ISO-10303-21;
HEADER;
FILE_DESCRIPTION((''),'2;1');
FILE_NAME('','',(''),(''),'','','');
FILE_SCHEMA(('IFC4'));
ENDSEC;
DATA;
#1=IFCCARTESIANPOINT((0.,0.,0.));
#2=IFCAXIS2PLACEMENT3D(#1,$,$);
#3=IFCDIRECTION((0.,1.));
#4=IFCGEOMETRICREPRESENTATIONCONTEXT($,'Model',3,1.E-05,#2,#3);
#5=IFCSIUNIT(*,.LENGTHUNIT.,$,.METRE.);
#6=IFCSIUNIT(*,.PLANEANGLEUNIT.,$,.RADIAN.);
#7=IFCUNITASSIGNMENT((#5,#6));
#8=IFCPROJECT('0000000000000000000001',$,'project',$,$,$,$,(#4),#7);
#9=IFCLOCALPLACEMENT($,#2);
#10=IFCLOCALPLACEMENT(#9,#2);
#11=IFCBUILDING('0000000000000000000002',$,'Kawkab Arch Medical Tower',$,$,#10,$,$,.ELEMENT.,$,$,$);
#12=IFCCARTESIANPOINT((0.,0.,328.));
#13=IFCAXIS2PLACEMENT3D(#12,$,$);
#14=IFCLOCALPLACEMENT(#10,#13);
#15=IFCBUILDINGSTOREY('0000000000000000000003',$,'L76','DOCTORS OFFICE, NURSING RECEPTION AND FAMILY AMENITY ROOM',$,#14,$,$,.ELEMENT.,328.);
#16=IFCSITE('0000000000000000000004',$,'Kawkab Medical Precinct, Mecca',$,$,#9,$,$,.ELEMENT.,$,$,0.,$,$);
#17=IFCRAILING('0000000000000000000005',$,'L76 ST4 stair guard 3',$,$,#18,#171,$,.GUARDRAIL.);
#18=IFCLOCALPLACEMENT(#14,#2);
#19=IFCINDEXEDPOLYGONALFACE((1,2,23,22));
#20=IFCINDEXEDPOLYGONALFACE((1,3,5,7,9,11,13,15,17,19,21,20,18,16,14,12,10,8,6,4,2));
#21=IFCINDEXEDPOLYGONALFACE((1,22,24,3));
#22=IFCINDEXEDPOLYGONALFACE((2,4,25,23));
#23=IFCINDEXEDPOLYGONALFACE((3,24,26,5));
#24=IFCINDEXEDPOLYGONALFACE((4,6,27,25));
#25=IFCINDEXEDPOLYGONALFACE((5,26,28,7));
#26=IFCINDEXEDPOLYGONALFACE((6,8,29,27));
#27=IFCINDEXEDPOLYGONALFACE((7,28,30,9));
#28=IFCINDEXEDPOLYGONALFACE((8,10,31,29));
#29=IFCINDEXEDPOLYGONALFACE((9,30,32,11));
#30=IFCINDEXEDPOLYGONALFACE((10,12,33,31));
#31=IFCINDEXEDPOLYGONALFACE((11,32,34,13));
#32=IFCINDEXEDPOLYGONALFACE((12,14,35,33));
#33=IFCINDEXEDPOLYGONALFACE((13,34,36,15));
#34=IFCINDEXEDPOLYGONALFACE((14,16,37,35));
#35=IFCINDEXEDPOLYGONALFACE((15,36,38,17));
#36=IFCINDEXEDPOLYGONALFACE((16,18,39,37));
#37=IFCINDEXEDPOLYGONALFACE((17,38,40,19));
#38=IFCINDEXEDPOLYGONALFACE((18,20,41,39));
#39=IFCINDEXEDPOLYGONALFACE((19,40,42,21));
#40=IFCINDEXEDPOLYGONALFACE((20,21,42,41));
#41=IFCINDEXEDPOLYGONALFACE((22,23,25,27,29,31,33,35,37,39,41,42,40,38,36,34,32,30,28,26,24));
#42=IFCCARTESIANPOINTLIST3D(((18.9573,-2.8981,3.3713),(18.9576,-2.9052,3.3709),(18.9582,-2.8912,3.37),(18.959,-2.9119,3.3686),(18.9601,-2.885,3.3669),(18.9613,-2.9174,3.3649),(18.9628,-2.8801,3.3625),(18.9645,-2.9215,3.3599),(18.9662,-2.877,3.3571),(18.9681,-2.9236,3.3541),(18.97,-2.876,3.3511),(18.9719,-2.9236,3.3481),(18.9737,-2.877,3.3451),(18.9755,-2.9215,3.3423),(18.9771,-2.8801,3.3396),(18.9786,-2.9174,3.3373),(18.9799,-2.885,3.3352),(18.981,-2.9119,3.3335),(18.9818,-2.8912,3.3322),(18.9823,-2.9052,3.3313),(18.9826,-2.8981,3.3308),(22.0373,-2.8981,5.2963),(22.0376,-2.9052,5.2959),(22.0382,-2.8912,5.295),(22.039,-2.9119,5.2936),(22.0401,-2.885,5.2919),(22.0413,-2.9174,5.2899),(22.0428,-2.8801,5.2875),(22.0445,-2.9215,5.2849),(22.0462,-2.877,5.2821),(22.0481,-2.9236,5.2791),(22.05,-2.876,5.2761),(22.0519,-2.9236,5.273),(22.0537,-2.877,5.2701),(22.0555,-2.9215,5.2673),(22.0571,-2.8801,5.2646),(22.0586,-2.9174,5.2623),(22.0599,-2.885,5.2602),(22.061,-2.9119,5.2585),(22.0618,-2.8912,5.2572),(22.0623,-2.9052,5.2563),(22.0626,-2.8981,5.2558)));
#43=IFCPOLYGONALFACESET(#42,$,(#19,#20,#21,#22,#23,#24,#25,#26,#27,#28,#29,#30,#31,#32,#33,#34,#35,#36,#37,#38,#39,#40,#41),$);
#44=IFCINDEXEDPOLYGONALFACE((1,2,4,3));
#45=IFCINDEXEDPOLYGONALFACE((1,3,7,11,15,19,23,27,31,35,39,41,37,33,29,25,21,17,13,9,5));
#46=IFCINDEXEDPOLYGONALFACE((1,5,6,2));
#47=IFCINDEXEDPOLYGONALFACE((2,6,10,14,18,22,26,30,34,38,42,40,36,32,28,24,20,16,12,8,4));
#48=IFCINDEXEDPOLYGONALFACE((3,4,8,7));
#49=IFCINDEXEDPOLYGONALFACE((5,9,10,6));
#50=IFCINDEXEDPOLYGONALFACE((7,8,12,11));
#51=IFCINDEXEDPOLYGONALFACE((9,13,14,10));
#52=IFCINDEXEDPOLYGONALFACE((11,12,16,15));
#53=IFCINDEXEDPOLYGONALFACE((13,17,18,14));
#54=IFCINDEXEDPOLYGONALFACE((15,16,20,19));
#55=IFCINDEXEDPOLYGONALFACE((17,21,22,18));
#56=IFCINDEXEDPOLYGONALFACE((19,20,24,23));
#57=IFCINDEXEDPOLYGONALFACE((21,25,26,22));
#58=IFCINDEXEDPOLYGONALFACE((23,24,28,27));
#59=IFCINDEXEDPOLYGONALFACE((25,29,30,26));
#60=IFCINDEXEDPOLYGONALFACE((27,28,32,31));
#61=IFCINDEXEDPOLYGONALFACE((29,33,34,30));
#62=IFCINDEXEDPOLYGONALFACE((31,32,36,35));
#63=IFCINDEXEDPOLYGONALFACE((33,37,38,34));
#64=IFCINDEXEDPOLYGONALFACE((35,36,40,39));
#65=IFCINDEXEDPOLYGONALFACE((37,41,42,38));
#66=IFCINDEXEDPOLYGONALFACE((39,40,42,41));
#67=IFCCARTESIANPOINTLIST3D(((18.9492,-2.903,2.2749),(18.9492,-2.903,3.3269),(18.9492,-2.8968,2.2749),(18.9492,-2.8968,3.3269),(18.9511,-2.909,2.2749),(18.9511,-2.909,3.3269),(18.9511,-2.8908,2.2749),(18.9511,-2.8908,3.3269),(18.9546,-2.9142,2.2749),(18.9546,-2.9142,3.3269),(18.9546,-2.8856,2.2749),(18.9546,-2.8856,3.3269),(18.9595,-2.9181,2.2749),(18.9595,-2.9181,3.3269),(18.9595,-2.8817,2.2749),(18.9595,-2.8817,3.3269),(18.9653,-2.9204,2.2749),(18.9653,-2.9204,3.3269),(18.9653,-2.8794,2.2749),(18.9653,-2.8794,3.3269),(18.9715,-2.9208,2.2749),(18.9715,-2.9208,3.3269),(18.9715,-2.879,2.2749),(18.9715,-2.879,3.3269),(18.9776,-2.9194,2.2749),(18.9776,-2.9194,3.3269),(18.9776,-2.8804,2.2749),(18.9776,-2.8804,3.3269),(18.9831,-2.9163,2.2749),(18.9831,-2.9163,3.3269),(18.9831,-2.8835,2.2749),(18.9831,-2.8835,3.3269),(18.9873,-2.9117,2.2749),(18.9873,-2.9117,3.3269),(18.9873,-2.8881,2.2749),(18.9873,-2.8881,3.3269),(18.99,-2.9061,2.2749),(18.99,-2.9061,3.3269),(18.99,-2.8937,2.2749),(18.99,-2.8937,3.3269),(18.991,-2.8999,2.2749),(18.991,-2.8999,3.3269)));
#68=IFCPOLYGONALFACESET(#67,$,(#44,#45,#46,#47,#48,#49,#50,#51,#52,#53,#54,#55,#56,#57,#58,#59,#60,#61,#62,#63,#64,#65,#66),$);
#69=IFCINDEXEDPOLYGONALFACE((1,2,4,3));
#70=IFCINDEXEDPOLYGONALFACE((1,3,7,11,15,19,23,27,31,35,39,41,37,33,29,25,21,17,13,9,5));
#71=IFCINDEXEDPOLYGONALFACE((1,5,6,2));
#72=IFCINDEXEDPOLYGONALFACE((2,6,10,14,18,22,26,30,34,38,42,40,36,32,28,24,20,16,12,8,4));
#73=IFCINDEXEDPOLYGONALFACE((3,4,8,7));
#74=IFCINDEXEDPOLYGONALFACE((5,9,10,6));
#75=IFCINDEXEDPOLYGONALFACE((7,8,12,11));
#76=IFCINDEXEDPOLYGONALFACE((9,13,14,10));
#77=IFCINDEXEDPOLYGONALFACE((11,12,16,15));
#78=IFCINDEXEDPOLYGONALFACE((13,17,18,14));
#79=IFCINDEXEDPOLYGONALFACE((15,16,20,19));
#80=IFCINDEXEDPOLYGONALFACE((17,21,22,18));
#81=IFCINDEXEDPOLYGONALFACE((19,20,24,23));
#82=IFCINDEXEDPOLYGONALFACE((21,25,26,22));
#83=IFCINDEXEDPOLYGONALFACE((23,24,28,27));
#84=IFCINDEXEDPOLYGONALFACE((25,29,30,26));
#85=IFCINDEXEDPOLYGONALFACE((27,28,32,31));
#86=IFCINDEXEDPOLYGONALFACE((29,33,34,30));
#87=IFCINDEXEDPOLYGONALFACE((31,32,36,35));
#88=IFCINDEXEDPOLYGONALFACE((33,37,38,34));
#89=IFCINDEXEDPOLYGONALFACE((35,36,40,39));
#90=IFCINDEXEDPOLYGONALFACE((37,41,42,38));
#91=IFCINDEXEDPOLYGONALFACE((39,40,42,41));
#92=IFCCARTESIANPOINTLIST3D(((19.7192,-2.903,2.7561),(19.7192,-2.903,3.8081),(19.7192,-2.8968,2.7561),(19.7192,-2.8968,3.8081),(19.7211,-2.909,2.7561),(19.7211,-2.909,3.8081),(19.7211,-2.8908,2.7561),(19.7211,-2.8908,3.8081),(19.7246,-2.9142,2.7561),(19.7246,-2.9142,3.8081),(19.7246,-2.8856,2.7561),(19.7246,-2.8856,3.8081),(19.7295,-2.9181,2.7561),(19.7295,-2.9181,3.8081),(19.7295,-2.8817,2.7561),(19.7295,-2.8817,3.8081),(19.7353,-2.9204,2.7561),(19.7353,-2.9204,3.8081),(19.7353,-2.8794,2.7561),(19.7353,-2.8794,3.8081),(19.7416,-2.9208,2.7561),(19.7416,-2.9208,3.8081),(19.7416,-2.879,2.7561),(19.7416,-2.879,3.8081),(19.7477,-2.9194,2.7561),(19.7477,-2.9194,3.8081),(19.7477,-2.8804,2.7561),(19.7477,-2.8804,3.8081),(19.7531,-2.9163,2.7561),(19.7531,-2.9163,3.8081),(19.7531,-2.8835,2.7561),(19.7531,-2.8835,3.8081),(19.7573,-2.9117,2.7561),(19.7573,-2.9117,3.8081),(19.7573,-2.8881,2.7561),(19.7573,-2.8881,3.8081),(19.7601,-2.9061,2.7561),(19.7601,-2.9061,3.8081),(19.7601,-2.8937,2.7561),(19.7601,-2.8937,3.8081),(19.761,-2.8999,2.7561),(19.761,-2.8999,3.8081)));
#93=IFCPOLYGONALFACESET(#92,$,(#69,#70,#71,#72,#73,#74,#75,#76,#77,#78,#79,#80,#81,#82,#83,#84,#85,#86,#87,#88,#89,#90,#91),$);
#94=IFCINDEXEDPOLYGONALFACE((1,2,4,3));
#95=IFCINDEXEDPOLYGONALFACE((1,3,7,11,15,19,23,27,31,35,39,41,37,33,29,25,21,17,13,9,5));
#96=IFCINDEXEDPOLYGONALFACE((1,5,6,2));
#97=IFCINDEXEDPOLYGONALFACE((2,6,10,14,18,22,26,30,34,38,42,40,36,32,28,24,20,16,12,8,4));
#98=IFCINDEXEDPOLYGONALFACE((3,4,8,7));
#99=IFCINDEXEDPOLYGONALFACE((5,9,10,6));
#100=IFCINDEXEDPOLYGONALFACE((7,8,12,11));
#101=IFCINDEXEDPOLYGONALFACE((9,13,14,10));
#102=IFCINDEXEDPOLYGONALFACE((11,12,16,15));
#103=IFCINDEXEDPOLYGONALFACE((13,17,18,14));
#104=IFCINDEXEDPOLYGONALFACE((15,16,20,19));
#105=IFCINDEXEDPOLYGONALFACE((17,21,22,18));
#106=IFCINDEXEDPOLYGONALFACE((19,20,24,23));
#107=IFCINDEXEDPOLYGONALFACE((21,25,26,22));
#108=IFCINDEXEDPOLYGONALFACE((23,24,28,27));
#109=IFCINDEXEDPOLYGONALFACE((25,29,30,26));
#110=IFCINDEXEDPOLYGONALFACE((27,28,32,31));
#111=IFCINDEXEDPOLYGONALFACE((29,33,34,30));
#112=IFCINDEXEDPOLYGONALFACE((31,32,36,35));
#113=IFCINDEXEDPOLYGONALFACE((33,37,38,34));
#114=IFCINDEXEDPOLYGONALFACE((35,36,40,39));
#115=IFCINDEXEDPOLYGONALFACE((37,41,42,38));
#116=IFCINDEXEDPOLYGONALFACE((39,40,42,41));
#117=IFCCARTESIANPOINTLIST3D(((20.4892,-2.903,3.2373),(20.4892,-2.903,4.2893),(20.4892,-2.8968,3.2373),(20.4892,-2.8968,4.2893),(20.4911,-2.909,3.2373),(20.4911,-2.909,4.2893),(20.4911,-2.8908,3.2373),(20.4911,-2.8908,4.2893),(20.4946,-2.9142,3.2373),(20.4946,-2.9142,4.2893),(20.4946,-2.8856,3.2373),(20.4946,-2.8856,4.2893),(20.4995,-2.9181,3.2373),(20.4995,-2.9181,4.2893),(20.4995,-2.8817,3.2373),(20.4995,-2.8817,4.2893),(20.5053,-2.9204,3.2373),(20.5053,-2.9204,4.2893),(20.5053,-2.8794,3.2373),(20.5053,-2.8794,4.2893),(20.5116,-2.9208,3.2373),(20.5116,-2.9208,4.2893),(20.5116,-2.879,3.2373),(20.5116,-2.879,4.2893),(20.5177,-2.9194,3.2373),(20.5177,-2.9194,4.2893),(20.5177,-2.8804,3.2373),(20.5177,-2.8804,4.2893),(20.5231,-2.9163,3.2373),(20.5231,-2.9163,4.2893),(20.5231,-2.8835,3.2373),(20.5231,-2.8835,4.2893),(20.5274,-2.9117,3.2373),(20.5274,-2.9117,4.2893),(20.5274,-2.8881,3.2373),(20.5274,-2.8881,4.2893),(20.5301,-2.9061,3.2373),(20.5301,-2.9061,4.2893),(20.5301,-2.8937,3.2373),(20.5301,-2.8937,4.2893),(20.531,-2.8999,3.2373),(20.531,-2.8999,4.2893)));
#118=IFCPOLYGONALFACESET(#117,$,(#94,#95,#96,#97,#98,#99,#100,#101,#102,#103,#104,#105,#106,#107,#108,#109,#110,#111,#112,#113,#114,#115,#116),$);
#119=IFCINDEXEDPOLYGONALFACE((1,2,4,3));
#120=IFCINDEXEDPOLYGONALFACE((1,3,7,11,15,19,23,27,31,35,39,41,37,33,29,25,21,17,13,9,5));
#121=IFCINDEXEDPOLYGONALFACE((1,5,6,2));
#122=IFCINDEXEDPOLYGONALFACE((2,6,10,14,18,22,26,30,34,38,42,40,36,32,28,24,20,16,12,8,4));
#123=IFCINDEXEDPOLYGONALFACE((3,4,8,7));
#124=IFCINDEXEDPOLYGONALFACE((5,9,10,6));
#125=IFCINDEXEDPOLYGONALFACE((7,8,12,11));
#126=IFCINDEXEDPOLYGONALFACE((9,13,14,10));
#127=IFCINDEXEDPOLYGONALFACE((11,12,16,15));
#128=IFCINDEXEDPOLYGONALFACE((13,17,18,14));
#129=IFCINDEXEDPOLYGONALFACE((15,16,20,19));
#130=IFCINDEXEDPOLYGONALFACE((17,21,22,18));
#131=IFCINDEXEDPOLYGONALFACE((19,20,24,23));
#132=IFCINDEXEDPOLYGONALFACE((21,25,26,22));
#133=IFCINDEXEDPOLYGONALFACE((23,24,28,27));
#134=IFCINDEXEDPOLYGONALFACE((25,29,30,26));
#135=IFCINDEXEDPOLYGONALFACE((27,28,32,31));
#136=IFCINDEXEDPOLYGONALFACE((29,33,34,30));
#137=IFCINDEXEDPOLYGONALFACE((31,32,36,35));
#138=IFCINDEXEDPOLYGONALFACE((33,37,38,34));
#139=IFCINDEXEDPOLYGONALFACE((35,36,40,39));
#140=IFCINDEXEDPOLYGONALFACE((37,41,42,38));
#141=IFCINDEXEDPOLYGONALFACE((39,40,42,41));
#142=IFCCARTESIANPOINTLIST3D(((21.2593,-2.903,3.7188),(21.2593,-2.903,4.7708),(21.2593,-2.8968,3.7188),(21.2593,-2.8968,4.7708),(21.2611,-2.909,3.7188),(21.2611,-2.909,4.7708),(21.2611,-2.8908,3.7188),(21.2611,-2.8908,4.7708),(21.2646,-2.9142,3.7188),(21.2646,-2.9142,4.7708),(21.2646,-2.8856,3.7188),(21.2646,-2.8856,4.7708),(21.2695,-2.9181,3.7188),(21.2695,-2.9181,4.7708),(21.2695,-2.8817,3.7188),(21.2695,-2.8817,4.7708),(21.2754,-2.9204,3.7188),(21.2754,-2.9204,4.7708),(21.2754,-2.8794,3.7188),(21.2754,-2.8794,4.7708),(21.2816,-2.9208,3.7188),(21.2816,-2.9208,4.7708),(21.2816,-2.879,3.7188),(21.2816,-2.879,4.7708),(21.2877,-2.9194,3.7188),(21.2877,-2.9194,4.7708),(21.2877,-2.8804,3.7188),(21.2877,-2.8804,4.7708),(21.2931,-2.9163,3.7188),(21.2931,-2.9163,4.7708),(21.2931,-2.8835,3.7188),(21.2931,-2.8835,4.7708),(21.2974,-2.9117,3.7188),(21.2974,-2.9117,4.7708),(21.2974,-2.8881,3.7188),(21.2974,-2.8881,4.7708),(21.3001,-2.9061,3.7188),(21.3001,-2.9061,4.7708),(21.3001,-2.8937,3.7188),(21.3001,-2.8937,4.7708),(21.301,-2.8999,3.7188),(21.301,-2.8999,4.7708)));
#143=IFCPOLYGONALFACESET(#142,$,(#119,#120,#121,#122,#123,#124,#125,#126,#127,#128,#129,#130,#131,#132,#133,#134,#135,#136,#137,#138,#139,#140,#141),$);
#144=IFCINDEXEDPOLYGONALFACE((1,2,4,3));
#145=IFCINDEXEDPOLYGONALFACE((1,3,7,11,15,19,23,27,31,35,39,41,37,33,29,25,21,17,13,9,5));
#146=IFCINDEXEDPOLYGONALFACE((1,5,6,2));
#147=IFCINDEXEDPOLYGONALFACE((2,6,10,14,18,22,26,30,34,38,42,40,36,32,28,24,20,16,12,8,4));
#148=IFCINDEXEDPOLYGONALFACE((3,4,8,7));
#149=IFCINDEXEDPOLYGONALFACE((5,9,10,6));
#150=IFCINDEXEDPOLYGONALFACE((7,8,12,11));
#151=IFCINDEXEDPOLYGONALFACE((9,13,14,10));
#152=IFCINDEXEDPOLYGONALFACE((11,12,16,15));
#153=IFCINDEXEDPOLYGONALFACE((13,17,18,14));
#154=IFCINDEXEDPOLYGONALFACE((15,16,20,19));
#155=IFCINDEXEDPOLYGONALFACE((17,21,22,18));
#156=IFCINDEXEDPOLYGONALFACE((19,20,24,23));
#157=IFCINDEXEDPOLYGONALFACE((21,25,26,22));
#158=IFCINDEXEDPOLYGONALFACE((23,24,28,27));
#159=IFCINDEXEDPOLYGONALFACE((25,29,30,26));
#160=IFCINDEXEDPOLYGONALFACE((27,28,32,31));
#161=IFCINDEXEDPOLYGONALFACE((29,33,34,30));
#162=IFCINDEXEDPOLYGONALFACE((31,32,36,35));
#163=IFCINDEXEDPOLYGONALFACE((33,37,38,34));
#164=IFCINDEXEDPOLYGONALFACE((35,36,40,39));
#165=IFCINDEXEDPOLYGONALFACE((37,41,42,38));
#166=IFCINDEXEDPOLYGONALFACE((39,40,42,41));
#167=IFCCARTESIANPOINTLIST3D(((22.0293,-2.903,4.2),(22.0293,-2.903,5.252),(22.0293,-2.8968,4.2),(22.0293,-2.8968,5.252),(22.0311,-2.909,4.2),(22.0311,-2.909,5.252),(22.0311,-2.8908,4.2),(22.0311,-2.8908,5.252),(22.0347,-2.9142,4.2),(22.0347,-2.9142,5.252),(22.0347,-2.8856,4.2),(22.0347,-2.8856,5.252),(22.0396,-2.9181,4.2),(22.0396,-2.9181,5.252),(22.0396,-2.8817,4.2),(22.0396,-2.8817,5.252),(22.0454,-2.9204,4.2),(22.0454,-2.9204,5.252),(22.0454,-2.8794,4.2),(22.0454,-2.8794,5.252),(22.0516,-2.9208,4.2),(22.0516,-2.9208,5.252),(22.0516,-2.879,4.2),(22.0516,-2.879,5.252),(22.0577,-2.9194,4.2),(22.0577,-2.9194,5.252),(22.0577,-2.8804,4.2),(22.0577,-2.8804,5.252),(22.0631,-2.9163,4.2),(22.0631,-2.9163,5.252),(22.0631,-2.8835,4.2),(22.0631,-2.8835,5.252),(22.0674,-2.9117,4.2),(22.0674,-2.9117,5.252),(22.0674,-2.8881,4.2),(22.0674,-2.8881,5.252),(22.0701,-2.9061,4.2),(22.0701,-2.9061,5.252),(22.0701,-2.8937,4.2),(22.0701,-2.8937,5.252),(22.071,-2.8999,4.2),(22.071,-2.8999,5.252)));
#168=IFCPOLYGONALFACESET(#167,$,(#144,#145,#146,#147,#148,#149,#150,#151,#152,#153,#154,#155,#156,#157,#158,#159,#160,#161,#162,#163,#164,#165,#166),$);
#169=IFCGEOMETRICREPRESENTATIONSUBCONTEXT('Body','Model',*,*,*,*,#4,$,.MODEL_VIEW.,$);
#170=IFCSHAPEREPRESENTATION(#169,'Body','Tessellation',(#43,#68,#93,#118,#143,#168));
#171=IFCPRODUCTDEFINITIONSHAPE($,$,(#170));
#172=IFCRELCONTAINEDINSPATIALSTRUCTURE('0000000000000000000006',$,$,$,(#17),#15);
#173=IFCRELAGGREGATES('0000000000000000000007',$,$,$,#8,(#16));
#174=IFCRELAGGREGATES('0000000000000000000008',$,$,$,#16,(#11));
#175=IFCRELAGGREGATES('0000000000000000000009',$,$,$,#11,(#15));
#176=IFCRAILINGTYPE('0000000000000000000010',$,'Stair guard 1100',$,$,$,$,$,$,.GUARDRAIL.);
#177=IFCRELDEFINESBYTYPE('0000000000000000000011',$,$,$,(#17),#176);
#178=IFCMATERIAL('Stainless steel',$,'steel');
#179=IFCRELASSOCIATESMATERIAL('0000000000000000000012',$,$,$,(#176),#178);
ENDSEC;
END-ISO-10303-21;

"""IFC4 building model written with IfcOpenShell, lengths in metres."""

from ifc_helpers import new_model, si_unit, direction, frame, origin, origin_2d, place, context, subcontext, project, spatial, circle, extrude, material, type_object, element, save


model = new_model("IFC4")

# Units and contexts
model_context = context("Model", 3, precision=1e-05, world=origin(), true_north=direction((0.0, 1.0)))
body_context = subcontext(model_context, "Body", "Model", "MODEL_VIEW")
ifc_project = project(units=[si_unit("LENGTHUNIT", "METRE"), si_unit("PLANEANGLEUNIT", "RADIAN")], contexts=[model_context])

# Site, building, storey
site_placement = place(None, origin())
site = spatial("IfcSite", under=ifc_project, at=site_placement, Name="Kawkab Medical Precinct, Mecca", CompositionType="ELEMENT", RefElevation=0.0)
building_placement = place(site_placement, origin())
building = spatial("IfcBuilding", under=site, at=building_placement, Name="Kawkab Arch Medical Tower", CompositionType="ELEMENT")
storey_placement = place(building_placement, frame((0.0, 0.0, 328.0)))
storey = spatial("IfcBuildingStorey", under=building, at=storey_placement, Name="L76", Description="DOCTORS OFFICE, NURSING RECEPTION AND FAMILY AMENITY ROOM", CompositionType="ELEMENT", Elevation=328.0)

# Railing
ifc_material_1 = material(Name="Stainless steel", Category="steel")
railing_type_1 = type_object("IfcRailingType", Name="Stair guard 1100", PredefinedType="GUARDRAIL", material=ifc_material_1)
railing_1_placement = place(storey_placement, frame((18.97, -2.8999, 2.2749)))
element("IfcRailing", 1, at=railing_1_placement, inside=storey, type_object=railing_type_1, Name="L76 ST4 stair guard 3", PredefinedType="GUARDRAIL", context=body_context, shape_type="SweptSolid", body=[
    extrude(circle(Radius=0.0239, at=origin_2d()), frame((0.0, 0.0, 1.0762), z_axis=(0.847998, 0.0, 0.529999), x_axis=(0.0, 1.0, 0.0)), (0.0, 0.0, 1.0), 3.6321),
    extrude(circle(Radius=0.021, at=origin_2d()), origin(), (0.0, 0.0, 1.0), 1.052),
    extrude(circle(Radius=0.021, at=origin_2d()), frame((0.77, 0.0, 0.4812)), (0.0, 0.0, 1.0), 1.052),
    extrude(circle(Radius=0.021, at=origin_2d()), frame((1.54, 0.0, 0.9624)), (0.0, 0.0, 1.0), 1.052),
    extrude(circle(Radius=0.021, at=origin_2d()), frame((2.3101, 0.0, 1.4438)), (0.0, 0.0, 1.0), 1.052),
    extrude(circle(Radius=0.021, at=origin_2d()), frame((3.0801, 0.0, 1.925)), (0.0, 0.0, 1.0), 1.052),
])

save(model, "model.ifc")
